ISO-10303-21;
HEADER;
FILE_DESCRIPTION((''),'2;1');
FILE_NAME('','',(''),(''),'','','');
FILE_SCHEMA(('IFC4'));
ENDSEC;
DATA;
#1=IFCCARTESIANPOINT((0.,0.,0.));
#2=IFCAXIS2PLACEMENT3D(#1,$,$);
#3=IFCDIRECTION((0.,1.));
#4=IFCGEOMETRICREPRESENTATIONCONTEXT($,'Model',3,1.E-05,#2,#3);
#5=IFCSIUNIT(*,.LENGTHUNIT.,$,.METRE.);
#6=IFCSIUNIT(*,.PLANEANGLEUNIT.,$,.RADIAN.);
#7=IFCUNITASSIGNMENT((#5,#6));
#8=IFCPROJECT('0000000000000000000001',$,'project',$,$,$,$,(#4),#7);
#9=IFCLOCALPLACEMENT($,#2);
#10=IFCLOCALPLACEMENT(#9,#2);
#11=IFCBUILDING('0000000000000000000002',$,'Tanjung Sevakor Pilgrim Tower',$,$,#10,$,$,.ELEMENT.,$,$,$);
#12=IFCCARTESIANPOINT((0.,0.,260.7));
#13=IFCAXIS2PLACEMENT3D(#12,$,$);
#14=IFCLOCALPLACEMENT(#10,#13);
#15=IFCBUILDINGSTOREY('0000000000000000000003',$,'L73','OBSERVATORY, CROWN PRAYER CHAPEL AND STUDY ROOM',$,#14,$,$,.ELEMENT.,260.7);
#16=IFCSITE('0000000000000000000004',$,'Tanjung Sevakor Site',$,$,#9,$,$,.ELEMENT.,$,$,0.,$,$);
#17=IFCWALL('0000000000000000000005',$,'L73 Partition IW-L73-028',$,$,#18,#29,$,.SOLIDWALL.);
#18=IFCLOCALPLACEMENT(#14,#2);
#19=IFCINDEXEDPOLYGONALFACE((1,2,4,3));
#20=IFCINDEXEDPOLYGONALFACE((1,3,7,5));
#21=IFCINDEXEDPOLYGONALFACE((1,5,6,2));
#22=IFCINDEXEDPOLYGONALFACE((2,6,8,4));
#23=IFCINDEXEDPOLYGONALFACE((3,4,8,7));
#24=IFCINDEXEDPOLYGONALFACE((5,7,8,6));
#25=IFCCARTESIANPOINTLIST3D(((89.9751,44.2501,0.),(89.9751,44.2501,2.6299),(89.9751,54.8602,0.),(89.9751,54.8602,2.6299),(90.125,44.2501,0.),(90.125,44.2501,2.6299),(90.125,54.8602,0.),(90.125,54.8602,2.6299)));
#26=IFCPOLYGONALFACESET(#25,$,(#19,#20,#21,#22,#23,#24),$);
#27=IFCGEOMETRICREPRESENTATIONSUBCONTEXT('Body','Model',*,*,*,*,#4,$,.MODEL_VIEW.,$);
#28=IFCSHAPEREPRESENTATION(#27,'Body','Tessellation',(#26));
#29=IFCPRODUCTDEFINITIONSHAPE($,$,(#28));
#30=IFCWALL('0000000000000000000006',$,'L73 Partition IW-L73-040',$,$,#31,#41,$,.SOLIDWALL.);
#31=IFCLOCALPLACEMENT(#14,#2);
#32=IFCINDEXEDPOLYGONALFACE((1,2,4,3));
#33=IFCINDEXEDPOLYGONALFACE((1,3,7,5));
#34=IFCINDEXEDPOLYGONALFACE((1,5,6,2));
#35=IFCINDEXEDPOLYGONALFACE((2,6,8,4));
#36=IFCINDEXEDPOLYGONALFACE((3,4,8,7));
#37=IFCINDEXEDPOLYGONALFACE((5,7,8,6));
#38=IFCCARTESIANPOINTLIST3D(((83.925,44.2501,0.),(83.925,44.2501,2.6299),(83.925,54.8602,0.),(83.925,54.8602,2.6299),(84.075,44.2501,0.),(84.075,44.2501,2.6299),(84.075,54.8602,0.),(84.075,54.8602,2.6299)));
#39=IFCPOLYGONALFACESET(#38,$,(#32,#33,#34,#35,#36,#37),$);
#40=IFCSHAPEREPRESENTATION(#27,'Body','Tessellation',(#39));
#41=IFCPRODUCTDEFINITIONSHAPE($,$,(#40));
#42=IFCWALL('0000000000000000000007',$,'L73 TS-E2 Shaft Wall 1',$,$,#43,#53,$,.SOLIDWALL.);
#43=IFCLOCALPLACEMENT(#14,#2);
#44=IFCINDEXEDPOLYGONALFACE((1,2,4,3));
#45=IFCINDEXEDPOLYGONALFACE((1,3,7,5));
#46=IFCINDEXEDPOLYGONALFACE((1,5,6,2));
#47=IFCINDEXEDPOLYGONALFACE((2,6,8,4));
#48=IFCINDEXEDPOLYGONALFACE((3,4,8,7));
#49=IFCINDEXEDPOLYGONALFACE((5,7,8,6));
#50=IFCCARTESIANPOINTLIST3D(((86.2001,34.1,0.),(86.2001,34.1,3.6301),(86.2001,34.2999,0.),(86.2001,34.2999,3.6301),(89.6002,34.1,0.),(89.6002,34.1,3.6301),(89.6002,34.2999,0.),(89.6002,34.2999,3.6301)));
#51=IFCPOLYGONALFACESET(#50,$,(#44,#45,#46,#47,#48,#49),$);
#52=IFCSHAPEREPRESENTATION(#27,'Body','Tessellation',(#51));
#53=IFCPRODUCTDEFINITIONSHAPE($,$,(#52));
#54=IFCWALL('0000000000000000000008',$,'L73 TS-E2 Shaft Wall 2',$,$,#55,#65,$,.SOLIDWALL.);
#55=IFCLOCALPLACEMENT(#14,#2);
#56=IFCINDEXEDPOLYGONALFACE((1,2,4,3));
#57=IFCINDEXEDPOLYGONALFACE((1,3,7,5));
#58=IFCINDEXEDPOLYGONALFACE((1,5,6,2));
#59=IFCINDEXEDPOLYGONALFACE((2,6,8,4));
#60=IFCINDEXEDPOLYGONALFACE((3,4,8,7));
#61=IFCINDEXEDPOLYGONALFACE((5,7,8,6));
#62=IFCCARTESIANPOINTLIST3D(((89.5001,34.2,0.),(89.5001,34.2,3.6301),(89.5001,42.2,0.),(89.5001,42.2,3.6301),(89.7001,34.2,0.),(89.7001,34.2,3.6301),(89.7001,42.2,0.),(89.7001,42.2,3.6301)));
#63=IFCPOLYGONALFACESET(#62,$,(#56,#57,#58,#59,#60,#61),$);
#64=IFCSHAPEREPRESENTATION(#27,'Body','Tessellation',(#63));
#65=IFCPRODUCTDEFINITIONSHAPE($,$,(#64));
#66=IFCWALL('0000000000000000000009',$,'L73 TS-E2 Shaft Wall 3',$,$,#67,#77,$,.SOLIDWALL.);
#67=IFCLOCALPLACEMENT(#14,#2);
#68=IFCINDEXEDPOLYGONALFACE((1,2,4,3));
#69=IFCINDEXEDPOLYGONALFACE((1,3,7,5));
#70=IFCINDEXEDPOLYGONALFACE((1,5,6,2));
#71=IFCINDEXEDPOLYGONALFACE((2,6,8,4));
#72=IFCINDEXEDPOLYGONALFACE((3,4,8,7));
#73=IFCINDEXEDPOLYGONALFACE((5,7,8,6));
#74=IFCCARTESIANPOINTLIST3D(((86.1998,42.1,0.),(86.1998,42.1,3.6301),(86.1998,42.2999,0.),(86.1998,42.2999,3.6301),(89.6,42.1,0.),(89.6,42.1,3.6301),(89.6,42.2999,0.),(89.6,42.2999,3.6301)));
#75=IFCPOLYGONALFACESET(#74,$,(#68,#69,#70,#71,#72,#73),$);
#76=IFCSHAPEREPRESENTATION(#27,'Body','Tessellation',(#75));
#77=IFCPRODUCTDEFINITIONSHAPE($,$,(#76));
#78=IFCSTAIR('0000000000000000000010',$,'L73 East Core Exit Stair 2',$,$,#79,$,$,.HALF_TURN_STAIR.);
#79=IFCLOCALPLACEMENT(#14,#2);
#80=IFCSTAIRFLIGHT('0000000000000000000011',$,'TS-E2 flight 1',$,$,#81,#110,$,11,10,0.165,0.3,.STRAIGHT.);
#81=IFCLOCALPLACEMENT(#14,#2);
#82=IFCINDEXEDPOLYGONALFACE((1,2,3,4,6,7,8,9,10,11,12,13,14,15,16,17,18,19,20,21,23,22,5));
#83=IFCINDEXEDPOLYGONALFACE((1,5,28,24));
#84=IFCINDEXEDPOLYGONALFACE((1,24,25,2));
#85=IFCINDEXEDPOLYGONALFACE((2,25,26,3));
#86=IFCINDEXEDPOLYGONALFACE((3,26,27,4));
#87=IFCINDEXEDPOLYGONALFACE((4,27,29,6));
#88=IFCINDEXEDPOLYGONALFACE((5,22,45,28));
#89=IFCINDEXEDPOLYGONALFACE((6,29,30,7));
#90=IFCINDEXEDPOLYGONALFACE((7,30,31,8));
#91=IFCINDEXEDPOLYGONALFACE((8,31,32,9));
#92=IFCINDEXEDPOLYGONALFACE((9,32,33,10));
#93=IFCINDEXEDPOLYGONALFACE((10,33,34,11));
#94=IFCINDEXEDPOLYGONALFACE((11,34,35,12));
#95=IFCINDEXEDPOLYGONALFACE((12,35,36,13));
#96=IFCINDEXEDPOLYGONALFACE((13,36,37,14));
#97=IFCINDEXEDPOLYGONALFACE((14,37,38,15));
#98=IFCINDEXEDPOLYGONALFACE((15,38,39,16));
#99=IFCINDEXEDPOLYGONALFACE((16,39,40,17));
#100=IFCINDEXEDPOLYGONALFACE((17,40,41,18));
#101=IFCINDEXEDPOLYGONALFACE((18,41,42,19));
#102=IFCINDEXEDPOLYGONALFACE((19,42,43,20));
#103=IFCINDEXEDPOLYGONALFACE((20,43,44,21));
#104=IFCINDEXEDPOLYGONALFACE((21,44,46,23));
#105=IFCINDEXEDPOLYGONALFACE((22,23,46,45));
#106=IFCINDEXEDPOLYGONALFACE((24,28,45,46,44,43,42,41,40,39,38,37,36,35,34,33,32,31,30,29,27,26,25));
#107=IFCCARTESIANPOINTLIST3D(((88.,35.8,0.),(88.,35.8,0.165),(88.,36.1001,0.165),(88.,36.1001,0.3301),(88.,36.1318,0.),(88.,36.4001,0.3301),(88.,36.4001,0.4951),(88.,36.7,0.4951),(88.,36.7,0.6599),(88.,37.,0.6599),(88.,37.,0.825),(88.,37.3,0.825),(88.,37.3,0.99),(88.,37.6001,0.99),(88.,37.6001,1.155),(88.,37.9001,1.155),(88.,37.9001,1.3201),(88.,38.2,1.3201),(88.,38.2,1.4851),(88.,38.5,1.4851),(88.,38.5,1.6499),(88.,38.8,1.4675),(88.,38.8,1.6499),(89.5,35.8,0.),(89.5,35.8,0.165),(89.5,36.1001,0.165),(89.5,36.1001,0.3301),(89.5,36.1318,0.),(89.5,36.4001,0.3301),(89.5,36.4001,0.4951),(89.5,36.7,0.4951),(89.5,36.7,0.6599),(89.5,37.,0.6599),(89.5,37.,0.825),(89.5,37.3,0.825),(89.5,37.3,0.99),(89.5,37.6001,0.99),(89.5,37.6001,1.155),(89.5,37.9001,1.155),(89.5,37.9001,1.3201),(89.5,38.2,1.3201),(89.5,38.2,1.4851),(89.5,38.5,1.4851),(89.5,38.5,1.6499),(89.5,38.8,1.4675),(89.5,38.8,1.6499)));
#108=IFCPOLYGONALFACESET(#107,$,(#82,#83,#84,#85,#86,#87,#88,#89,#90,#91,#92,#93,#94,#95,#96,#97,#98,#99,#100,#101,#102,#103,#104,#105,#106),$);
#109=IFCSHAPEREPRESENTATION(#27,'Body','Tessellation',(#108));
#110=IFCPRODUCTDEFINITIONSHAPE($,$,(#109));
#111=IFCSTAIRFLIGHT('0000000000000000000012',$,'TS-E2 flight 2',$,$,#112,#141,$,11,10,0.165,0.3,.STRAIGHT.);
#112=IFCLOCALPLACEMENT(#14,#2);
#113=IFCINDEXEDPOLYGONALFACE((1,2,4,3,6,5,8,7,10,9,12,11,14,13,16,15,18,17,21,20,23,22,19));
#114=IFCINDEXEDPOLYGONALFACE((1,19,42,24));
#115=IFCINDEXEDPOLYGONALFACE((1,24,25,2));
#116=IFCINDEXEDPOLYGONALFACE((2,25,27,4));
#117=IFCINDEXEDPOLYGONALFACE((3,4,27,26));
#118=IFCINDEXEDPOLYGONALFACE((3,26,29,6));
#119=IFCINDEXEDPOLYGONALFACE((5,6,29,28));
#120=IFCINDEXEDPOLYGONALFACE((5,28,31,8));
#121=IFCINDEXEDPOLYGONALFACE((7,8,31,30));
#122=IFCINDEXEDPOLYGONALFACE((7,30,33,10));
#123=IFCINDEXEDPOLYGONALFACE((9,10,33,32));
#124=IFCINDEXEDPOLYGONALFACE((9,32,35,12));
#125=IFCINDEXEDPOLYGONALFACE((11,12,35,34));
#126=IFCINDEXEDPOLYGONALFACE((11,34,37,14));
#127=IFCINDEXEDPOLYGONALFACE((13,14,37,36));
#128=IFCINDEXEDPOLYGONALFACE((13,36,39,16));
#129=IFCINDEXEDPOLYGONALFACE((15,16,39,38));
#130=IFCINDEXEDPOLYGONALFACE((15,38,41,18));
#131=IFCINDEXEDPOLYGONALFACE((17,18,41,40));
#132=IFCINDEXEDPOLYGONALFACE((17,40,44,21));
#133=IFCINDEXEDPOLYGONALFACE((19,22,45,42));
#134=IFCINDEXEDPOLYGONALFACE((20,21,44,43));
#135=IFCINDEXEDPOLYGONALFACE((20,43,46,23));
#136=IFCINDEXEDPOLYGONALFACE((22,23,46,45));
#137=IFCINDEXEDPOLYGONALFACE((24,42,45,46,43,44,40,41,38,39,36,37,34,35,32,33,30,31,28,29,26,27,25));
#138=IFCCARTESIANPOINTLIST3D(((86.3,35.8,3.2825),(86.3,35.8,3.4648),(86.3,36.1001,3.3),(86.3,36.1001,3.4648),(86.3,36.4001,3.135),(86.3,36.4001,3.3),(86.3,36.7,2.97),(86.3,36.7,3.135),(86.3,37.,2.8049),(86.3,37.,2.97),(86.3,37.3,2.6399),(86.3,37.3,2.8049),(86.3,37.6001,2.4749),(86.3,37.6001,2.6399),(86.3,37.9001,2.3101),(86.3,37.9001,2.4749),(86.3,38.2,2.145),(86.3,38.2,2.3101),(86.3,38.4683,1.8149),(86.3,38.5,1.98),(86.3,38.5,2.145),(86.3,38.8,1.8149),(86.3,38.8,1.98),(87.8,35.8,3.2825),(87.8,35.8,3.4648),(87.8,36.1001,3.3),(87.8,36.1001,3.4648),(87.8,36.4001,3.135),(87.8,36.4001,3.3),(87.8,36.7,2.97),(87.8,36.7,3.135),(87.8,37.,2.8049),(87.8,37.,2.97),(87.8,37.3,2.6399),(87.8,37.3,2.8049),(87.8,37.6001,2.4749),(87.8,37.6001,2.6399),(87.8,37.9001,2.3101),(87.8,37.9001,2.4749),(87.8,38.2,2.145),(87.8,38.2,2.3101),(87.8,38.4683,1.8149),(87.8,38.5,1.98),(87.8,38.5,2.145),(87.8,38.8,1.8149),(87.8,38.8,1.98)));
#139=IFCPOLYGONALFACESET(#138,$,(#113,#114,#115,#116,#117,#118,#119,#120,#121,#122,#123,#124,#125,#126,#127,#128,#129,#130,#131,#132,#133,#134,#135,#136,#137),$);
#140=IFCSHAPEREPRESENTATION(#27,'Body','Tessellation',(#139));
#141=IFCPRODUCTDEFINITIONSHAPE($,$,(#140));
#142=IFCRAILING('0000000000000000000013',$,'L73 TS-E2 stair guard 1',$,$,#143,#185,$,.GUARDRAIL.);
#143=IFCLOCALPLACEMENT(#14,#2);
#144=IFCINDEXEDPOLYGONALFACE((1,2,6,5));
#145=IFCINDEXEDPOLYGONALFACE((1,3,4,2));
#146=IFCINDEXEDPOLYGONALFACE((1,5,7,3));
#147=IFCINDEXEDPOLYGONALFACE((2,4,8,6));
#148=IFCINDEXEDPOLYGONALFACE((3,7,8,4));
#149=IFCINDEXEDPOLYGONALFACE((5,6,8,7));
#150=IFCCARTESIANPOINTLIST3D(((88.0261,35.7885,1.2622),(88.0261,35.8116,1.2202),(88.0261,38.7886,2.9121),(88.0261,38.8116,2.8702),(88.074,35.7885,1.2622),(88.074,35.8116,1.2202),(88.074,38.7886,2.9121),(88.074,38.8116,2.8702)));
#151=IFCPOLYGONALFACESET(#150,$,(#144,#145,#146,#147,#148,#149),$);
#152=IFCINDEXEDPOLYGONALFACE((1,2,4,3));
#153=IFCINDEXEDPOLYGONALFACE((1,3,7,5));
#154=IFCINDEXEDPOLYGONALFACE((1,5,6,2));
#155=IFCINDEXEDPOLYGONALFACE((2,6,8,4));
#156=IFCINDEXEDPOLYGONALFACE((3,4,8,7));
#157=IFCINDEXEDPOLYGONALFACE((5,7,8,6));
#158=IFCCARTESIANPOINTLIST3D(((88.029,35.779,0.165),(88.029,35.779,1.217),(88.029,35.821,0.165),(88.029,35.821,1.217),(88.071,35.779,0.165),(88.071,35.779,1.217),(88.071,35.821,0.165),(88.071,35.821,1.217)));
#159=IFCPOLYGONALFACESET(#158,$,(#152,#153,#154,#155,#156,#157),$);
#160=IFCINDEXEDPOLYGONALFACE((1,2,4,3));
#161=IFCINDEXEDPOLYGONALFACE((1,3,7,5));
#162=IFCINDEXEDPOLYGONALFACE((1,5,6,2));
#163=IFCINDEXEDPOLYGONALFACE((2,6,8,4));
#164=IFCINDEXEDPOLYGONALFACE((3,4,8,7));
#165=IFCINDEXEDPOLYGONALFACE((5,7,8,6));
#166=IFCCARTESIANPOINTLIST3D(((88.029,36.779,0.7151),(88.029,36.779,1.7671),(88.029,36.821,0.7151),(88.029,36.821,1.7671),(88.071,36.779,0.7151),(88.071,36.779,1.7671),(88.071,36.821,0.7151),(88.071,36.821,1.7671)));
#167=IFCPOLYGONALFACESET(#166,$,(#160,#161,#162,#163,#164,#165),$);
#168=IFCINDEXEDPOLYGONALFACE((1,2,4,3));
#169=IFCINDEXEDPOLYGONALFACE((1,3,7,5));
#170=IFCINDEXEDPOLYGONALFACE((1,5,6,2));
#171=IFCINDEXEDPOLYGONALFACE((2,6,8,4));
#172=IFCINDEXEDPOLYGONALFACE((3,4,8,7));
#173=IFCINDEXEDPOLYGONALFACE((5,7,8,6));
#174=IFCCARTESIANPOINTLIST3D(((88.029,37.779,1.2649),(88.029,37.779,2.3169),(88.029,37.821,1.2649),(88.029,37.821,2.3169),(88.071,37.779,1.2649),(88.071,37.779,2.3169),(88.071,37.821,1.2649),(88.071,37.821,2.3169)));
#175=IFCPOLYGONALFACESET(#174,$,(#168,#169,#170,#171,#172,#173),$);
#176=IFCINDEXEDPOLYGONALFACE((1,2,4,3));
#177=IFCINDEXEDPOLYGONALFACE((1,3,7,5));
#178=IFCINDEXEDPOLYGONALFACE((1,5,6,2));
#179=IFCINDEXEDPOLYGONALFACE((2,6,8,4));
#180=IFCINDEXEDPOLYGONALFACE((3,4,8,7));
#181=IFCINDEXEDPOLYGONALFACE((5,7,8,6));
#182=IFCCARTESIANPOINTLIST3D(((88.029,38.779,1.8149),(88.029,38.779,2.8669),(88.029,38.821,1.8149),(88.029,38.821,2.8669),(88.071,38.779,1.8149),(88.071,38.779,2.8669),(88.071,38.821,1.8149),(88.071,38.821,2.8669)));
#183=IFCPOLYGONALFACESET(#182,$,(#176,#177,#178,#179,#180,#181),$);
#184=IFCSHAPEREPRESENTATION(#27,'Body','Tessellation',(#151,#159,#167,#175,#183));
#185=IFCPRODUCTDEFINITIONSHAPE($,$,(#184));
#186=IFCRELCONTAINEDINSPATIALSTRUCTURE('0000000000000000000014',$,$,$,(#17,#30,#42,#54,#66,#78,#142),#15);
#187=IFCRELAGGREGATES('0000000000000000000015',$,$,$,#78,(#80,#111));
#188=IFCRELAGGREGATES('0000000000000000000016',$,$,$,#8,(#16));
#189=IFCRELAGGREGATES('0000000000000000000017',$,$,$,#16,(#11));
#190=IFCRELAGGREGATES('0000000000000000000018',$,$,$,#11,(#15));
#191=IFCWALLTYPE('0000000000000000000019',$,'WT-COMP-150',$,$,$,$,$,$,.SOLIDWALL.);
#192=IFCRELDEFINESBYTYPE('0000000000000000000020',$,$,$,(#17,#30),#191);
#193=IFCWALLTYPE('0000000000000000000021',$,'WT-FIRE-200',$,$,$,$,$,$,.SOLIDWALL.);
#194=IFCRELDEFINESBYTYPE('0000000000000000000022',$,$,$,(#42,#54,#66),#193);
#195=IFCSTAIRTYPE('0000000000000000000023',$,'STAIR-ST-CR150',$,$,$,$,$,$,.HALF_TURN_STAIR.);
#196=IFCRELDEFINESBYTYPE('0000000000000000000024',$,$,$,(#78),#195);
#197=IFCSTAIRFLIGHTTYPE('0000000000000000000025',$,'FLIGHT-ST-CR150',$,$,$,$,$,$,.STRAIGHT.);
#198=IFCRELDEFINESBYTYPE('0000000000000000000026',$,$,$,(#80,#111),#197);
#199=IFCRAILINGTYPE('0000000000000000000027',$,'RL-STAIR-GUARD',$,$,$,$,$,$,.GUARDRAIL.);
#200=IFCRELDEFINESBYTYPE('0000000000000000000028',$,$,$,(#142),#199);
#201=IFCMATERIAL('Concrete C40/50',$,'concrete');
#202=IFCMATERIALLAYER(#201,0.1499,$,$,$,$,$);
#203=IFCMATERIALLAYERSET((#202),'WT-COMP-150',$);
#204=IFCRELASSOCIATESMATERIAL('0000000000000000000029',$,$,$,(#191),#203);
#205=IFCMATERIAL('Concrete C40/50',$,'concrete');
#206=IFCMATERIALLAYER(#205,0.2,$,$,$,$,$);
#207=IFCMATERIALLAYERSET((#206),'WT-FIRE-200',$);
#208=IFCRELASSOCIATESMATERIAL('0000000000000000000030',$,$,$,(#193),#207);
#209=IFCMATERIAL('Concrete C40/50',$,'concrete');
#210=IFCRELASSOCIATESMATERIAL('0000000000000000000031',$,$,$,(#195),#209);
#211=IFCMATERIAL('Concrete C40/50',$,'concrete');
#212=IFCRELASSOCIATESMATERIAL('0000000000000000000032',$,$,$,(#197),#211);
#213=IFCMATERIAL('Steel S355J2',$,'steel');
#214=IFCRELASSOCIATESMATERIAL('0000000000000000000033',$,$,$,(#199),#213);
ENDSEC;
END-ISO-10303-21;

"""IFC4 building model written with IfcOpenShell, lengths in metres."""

from ifc_helpers import new_model, si_unit, direction, frame, frame_2d, origin, place, context, subcontext, project, spatial, polyline, rectangle, outline, extrude, material, layer, layer_set, type_object, element, aggregate, save


model = new_model("IFC4")

# Units and contexts
model_context = context("Model", 3, precision=1e-05, world=origin(), true_north=direction((0.0, 1.0)))
body_context = subcontext(model_context, "Body", "Model", "MODEL_VIEW")
ifc_project = project(units=[si_unit("LENGTHUNIT", "METRE"), si_unit("PLANEANGLEUNIT", "RADIAN")], contexts=[model_context])

# Site, building, storey
site_placement = place(None, origin())
site = spatial("IfcSite", under=ifc_project, at=site_placement, Name="Tanjung Sevakor Site", CompositionType="ELEMENT", RefElevation=0.0)
building_placement = place(site_placement, origin())
building = spatial("IfcBuilding", under=site, at=building_placement, Name="Tanjung Sevakor Pilgrim Tower", CompositionType="ELEMENT")
storey_placement = place(building_placement, frame((0.0, 0.0, 260.7)))
storey = spatial("IfcBuildingStorey", under=building, at=storey_placement, Name="L73", Description="OBSERVATORY, CROWN PRAYER CHAPEL AND STUDY ROOM", CompositionType="ELEMENT", Elevation=260.7)

# Shared definitions
ifc_material_1 = material(Name="Concrete C40/50", Category="concrete")
ifc_layer_1 = layer(ifc_material_1, 0.1499)
ifc_layer_set_1 = layer_set([ifc_layer_1], Name="WT-COMP-150")
wall_type_1 = type_object("IfcWallType", Name="WT-COMP-150", PredefinedType="SOLIDWALL", material=ifc_layer_set_1)

# Walls
for number, where, z_axis, x_axis, name in (
    (1, (90.05, 44.25, 0.0), (0.0, 0.0, 1.0), (0.0, 1.0, 0.0), "L73 Partition IW-L73-028"),
    (2, (84.0, 44.25, 0.0), (0.0, 0.0, 1.0), (0.0, 1.0, 0.0), "L73 Partition IW-L73-040"),
):
    element("IfcWall", number, at=place(storey_placement, frame(where, z_axis=z_axis, x_axis=x_axis)), inside=storey, type_object=wall_type_1, Name=name, PredefinedType="SOLIDWALL", context=body_context, shape_type="SweptSolid", body=[
        extrude(rectangle(XDim=10.6101, YDim=0.1499, at=frame_2d((5.3052, 0.0))), origin(), (0.0, 0.0, 1.0), 2.6299),
    ])

# Walls
ifc_material_2 = material(Name="Concrete C40/50", Category="concrete")
ifc_layer_2 = layer(ifc_material_2, 0.2)
ifc_layer_set_2 = layer_set([ifc_layer_2], Name="WT-FIRE-200")
wall_type_2 = type_object("IfcWallType", Name="WT-FIRE-200", PredefinedType="SOLIDWALL", material=ifc_layer_set_2)
wall_1_placement = place(storey_placement, frame((86.2, 34.2, 0.0), z_axis=(0.0, 0.0, 1.0), x_axis=(1.0, 0.0, 0.0)))
element("IfcWall", 3, at=wall_1_placement, inside=storey, type_object=wall_type_2, Name="L73 TS-E2 Shaft Wall 1", PredefinedType="SOLIDWALL", context=body_context, shape_type="SweptSolid", body=[
    extrude(rectangle(XDim=3.4001, YDim=0.2, at=frame_2d((1.7002, 0.0))), origin(), (0.0, 0.0, 1.0), 3.6301),
])
wall_2_placement = place(storey_placement, frame((89.6001, 34.2, 0.0), z_axis=(0.0, 0.0, 1.0), x_axis=(0.0, 1.0, 0.0)))
element("IfcWall", 4, at=wall_2_placement, inside=storey, type_object=wall_type_2, Name="L73 TS-E2 Shaft Wall 2", PredefinedType="SOLIDWALL", context=body_context, shape_type="SweptSolid", body=[
    extrude(rectangle(XDim=8.0, YDim=0.2, at=frame_2d((4.0, 0.0))), origin(), (0.0, 0.0, 1.0), 3.6301),
])
wall_3_placement = place(storey_placement, frame((89.6001, 42.2, 0.0), z_axis=(0.0, 0.0, 1.0), x_axis=(-1.0, 0.0, 0.0)))
element("IfcWall", 5, at=wall_3_placement, inside=storey, type_object=wall_type_2, Name="L73 TS-E2 Shaft Wall 3", PredefinedType="SOLIDWALL", context=body_context, shape_type="SweptSolid", body=[
    extrude(rectangle(XDim=3.4001, YDim=0.2, at=frame_2d((1.7002, 0.0))), origin(), (0.0, 0.0, 1.0), 3.6301),
])

# Stair, stair flights
ifc_material_3 = material(Name="Concrete C40/50", Category="concrete")
stair_type = type_object("IfcStairType", Name="STAIR-ST-CR150", PredefinedType="HALF_TURN_STAIR", material=ifc_material_3)
stair_placement = place(storey_placement, origin())
stair = element("IfcStair", 6, at=stair_placement, inside=storey, type_object=stair_type, Name="L73 East Core Exit Stair 2", PredefinedType="HALF_TURN_STAIR")
ifc_material_4 = material(Name="Concrete C40/50", Category="concrete")
stair_flight_type = type_object("IfcStairFlightType", Name="FLIGHT-ST-CR150", PredefinedType="STRAIGHT", material=ifc_material_4)
stair_flight_1_placement = place(storey_placement, frame((88.75, 35.8, 0.0), z_axis=(0.0, 0.0, 1.0), x_axis=(0.0, 1.0, 0.0)))
stair_flight_1 = element("IfcStairFlight", 7, at=stair_flight_1_placement, type_object=stair_flight_type, Name="TS-E2 flight 1", NumberOfRisers=11, NumberOfTreads=10, PredefinedType="STRAIGHT", RiserHeight=0.165, TreadLength=0.3, context=body_context, shape_type="SweptSolid", body=[
    extrude(outline(polyline([(0.0, 0.0), (0.0, 0.165), (0.3, 0.165), (0.3, 0.3301), (0.6001, 0.3301), (0.6001, 0.4951), (0.8999, 0.4951), (0.8999, 0.6599), (1.2, 0.6599), (1.2, 0.825), (1.5, 0.825), (1.5, 0.99), (1.8, 0.99), (1.8, 1.155), (2.1001, 1.155), (2.1001, 1.3201), (2.3999, 1.3201), (2.3999, 1.4851), (2.7, 1.4851), (2.7, 1.6499), (3.0, 1.6499), (3.0, 1.8149), (3.0, 1.4675), (0.3318, 0.0), (0.0, 0.0)])), frame((0.0, 0.75, 0.0), z_axis=(0.0, -1.0, 0.0), x_axis=(1.0, 0.0, 0.0)), (0.0, 0.0, 1.0), 1.5),
])
stair_flight_2_placement = place(storey_placement, frame((87.05, 38.8, 1.8149), z_axis=(0.0, 0.0, 1.0), x_axis=(0.0, -1.0, 0.0)))
stair_flight_2 = element("IfcStairFlight", 8, at=stair_flight_2_placement, type_object=stair_flight_type, Name="TS-E2 flight 2", NumberOfRisers=11, NumberOfTreads=10, PredefinedType="STRAIGHT", RiserHeight=0.165, TreadLength=0.3, context=body_context, shape_type="SweptSolid", body=[
    extrude(outline(polyline([(0.0, 0.0), (0.0, 0.165), (0.3, 0.165), (0.3, 0.3301), (0.6001, 0.3301), (0.6001, 0.4951), (0.8999, 0.4951), (0.8999, 0.6599), (1.2, 0.6599), (1.2, 0.825), (1.5, 0.825), (1.5, 0.99), (1.8, 0.99), (1.8, 1.155), (2.1001, 1.155), (2.1001, 1.3201), (2.3999, 1.3201), (2.3999, 1.4851), (2.7, 1.4851), (2.7, 1.6499), (3.0, 1.6499), (3.0, 1.8149), (3.0, 1.4675), (0.3318, 0.0), (0.0, 0.0)])), frame((0.0, 0.75, 0.0), z_axis=(0.0, -1.0, 0.0), x_axis=(1.0, 0.0, 0.0)), (0.0, 0.0, 1.0), 1.5),
])
aggregate(stair, [stair_flight_1, stair_flight_2])

# Railing
ifc_material_5 = material(Name="Steel S355J2", Category="steel")
railing_type_1 = type_object("IfcRailingType", Name="RL-STAIR-GUARD", PredefinedType="GUARDRAIL", material=ifc_material_5)
railing_1_placement = place(storey_placement, frame((88.05, 35.8, 0.165)))
element("IfcRailing", 9, at=railing_1_placement, inside=storey, type_object=railing_type_1, Name="L73 TS-E2 stair guard 1", PredefinedType="GUARDRAIL", context=body_context, shape_type="SweptSolid", body=[
    extrude(rectangle(XDim=0.0479, YDim=0.0479), frame((0.0, 0.0, 1.0762), z_axis=(0.0, 0.876228, 0.481897), x_axis=(-1.0, 0.0, 0.0)), (0.0, 0.0, 1.0), 3.4238),
    extrude(rectangle(XDim=0.042, YDim=0.042), origin(), (0.0, 0.0, 1.0), 1.052),
    extrude(rectangle(XDim=0.042, YDim=0.042), frame((0.0, 1.0, 0.55)), (0.0, 0.0, 1.0), 1.052),
    extrude(rectangle(XDim=0.042, YDim=0.042), frame((0.0, 2.0, 1.0999)), (0.0, 0.0, 1.0), 1.052),
    extrude(rectangle(XDim=0.042, YDim=0.042), frame((0.0, 3.0, 1.6499)), (0.0, 0.0, 1.0), 1.052),
])

save(model, "model.ifc")
